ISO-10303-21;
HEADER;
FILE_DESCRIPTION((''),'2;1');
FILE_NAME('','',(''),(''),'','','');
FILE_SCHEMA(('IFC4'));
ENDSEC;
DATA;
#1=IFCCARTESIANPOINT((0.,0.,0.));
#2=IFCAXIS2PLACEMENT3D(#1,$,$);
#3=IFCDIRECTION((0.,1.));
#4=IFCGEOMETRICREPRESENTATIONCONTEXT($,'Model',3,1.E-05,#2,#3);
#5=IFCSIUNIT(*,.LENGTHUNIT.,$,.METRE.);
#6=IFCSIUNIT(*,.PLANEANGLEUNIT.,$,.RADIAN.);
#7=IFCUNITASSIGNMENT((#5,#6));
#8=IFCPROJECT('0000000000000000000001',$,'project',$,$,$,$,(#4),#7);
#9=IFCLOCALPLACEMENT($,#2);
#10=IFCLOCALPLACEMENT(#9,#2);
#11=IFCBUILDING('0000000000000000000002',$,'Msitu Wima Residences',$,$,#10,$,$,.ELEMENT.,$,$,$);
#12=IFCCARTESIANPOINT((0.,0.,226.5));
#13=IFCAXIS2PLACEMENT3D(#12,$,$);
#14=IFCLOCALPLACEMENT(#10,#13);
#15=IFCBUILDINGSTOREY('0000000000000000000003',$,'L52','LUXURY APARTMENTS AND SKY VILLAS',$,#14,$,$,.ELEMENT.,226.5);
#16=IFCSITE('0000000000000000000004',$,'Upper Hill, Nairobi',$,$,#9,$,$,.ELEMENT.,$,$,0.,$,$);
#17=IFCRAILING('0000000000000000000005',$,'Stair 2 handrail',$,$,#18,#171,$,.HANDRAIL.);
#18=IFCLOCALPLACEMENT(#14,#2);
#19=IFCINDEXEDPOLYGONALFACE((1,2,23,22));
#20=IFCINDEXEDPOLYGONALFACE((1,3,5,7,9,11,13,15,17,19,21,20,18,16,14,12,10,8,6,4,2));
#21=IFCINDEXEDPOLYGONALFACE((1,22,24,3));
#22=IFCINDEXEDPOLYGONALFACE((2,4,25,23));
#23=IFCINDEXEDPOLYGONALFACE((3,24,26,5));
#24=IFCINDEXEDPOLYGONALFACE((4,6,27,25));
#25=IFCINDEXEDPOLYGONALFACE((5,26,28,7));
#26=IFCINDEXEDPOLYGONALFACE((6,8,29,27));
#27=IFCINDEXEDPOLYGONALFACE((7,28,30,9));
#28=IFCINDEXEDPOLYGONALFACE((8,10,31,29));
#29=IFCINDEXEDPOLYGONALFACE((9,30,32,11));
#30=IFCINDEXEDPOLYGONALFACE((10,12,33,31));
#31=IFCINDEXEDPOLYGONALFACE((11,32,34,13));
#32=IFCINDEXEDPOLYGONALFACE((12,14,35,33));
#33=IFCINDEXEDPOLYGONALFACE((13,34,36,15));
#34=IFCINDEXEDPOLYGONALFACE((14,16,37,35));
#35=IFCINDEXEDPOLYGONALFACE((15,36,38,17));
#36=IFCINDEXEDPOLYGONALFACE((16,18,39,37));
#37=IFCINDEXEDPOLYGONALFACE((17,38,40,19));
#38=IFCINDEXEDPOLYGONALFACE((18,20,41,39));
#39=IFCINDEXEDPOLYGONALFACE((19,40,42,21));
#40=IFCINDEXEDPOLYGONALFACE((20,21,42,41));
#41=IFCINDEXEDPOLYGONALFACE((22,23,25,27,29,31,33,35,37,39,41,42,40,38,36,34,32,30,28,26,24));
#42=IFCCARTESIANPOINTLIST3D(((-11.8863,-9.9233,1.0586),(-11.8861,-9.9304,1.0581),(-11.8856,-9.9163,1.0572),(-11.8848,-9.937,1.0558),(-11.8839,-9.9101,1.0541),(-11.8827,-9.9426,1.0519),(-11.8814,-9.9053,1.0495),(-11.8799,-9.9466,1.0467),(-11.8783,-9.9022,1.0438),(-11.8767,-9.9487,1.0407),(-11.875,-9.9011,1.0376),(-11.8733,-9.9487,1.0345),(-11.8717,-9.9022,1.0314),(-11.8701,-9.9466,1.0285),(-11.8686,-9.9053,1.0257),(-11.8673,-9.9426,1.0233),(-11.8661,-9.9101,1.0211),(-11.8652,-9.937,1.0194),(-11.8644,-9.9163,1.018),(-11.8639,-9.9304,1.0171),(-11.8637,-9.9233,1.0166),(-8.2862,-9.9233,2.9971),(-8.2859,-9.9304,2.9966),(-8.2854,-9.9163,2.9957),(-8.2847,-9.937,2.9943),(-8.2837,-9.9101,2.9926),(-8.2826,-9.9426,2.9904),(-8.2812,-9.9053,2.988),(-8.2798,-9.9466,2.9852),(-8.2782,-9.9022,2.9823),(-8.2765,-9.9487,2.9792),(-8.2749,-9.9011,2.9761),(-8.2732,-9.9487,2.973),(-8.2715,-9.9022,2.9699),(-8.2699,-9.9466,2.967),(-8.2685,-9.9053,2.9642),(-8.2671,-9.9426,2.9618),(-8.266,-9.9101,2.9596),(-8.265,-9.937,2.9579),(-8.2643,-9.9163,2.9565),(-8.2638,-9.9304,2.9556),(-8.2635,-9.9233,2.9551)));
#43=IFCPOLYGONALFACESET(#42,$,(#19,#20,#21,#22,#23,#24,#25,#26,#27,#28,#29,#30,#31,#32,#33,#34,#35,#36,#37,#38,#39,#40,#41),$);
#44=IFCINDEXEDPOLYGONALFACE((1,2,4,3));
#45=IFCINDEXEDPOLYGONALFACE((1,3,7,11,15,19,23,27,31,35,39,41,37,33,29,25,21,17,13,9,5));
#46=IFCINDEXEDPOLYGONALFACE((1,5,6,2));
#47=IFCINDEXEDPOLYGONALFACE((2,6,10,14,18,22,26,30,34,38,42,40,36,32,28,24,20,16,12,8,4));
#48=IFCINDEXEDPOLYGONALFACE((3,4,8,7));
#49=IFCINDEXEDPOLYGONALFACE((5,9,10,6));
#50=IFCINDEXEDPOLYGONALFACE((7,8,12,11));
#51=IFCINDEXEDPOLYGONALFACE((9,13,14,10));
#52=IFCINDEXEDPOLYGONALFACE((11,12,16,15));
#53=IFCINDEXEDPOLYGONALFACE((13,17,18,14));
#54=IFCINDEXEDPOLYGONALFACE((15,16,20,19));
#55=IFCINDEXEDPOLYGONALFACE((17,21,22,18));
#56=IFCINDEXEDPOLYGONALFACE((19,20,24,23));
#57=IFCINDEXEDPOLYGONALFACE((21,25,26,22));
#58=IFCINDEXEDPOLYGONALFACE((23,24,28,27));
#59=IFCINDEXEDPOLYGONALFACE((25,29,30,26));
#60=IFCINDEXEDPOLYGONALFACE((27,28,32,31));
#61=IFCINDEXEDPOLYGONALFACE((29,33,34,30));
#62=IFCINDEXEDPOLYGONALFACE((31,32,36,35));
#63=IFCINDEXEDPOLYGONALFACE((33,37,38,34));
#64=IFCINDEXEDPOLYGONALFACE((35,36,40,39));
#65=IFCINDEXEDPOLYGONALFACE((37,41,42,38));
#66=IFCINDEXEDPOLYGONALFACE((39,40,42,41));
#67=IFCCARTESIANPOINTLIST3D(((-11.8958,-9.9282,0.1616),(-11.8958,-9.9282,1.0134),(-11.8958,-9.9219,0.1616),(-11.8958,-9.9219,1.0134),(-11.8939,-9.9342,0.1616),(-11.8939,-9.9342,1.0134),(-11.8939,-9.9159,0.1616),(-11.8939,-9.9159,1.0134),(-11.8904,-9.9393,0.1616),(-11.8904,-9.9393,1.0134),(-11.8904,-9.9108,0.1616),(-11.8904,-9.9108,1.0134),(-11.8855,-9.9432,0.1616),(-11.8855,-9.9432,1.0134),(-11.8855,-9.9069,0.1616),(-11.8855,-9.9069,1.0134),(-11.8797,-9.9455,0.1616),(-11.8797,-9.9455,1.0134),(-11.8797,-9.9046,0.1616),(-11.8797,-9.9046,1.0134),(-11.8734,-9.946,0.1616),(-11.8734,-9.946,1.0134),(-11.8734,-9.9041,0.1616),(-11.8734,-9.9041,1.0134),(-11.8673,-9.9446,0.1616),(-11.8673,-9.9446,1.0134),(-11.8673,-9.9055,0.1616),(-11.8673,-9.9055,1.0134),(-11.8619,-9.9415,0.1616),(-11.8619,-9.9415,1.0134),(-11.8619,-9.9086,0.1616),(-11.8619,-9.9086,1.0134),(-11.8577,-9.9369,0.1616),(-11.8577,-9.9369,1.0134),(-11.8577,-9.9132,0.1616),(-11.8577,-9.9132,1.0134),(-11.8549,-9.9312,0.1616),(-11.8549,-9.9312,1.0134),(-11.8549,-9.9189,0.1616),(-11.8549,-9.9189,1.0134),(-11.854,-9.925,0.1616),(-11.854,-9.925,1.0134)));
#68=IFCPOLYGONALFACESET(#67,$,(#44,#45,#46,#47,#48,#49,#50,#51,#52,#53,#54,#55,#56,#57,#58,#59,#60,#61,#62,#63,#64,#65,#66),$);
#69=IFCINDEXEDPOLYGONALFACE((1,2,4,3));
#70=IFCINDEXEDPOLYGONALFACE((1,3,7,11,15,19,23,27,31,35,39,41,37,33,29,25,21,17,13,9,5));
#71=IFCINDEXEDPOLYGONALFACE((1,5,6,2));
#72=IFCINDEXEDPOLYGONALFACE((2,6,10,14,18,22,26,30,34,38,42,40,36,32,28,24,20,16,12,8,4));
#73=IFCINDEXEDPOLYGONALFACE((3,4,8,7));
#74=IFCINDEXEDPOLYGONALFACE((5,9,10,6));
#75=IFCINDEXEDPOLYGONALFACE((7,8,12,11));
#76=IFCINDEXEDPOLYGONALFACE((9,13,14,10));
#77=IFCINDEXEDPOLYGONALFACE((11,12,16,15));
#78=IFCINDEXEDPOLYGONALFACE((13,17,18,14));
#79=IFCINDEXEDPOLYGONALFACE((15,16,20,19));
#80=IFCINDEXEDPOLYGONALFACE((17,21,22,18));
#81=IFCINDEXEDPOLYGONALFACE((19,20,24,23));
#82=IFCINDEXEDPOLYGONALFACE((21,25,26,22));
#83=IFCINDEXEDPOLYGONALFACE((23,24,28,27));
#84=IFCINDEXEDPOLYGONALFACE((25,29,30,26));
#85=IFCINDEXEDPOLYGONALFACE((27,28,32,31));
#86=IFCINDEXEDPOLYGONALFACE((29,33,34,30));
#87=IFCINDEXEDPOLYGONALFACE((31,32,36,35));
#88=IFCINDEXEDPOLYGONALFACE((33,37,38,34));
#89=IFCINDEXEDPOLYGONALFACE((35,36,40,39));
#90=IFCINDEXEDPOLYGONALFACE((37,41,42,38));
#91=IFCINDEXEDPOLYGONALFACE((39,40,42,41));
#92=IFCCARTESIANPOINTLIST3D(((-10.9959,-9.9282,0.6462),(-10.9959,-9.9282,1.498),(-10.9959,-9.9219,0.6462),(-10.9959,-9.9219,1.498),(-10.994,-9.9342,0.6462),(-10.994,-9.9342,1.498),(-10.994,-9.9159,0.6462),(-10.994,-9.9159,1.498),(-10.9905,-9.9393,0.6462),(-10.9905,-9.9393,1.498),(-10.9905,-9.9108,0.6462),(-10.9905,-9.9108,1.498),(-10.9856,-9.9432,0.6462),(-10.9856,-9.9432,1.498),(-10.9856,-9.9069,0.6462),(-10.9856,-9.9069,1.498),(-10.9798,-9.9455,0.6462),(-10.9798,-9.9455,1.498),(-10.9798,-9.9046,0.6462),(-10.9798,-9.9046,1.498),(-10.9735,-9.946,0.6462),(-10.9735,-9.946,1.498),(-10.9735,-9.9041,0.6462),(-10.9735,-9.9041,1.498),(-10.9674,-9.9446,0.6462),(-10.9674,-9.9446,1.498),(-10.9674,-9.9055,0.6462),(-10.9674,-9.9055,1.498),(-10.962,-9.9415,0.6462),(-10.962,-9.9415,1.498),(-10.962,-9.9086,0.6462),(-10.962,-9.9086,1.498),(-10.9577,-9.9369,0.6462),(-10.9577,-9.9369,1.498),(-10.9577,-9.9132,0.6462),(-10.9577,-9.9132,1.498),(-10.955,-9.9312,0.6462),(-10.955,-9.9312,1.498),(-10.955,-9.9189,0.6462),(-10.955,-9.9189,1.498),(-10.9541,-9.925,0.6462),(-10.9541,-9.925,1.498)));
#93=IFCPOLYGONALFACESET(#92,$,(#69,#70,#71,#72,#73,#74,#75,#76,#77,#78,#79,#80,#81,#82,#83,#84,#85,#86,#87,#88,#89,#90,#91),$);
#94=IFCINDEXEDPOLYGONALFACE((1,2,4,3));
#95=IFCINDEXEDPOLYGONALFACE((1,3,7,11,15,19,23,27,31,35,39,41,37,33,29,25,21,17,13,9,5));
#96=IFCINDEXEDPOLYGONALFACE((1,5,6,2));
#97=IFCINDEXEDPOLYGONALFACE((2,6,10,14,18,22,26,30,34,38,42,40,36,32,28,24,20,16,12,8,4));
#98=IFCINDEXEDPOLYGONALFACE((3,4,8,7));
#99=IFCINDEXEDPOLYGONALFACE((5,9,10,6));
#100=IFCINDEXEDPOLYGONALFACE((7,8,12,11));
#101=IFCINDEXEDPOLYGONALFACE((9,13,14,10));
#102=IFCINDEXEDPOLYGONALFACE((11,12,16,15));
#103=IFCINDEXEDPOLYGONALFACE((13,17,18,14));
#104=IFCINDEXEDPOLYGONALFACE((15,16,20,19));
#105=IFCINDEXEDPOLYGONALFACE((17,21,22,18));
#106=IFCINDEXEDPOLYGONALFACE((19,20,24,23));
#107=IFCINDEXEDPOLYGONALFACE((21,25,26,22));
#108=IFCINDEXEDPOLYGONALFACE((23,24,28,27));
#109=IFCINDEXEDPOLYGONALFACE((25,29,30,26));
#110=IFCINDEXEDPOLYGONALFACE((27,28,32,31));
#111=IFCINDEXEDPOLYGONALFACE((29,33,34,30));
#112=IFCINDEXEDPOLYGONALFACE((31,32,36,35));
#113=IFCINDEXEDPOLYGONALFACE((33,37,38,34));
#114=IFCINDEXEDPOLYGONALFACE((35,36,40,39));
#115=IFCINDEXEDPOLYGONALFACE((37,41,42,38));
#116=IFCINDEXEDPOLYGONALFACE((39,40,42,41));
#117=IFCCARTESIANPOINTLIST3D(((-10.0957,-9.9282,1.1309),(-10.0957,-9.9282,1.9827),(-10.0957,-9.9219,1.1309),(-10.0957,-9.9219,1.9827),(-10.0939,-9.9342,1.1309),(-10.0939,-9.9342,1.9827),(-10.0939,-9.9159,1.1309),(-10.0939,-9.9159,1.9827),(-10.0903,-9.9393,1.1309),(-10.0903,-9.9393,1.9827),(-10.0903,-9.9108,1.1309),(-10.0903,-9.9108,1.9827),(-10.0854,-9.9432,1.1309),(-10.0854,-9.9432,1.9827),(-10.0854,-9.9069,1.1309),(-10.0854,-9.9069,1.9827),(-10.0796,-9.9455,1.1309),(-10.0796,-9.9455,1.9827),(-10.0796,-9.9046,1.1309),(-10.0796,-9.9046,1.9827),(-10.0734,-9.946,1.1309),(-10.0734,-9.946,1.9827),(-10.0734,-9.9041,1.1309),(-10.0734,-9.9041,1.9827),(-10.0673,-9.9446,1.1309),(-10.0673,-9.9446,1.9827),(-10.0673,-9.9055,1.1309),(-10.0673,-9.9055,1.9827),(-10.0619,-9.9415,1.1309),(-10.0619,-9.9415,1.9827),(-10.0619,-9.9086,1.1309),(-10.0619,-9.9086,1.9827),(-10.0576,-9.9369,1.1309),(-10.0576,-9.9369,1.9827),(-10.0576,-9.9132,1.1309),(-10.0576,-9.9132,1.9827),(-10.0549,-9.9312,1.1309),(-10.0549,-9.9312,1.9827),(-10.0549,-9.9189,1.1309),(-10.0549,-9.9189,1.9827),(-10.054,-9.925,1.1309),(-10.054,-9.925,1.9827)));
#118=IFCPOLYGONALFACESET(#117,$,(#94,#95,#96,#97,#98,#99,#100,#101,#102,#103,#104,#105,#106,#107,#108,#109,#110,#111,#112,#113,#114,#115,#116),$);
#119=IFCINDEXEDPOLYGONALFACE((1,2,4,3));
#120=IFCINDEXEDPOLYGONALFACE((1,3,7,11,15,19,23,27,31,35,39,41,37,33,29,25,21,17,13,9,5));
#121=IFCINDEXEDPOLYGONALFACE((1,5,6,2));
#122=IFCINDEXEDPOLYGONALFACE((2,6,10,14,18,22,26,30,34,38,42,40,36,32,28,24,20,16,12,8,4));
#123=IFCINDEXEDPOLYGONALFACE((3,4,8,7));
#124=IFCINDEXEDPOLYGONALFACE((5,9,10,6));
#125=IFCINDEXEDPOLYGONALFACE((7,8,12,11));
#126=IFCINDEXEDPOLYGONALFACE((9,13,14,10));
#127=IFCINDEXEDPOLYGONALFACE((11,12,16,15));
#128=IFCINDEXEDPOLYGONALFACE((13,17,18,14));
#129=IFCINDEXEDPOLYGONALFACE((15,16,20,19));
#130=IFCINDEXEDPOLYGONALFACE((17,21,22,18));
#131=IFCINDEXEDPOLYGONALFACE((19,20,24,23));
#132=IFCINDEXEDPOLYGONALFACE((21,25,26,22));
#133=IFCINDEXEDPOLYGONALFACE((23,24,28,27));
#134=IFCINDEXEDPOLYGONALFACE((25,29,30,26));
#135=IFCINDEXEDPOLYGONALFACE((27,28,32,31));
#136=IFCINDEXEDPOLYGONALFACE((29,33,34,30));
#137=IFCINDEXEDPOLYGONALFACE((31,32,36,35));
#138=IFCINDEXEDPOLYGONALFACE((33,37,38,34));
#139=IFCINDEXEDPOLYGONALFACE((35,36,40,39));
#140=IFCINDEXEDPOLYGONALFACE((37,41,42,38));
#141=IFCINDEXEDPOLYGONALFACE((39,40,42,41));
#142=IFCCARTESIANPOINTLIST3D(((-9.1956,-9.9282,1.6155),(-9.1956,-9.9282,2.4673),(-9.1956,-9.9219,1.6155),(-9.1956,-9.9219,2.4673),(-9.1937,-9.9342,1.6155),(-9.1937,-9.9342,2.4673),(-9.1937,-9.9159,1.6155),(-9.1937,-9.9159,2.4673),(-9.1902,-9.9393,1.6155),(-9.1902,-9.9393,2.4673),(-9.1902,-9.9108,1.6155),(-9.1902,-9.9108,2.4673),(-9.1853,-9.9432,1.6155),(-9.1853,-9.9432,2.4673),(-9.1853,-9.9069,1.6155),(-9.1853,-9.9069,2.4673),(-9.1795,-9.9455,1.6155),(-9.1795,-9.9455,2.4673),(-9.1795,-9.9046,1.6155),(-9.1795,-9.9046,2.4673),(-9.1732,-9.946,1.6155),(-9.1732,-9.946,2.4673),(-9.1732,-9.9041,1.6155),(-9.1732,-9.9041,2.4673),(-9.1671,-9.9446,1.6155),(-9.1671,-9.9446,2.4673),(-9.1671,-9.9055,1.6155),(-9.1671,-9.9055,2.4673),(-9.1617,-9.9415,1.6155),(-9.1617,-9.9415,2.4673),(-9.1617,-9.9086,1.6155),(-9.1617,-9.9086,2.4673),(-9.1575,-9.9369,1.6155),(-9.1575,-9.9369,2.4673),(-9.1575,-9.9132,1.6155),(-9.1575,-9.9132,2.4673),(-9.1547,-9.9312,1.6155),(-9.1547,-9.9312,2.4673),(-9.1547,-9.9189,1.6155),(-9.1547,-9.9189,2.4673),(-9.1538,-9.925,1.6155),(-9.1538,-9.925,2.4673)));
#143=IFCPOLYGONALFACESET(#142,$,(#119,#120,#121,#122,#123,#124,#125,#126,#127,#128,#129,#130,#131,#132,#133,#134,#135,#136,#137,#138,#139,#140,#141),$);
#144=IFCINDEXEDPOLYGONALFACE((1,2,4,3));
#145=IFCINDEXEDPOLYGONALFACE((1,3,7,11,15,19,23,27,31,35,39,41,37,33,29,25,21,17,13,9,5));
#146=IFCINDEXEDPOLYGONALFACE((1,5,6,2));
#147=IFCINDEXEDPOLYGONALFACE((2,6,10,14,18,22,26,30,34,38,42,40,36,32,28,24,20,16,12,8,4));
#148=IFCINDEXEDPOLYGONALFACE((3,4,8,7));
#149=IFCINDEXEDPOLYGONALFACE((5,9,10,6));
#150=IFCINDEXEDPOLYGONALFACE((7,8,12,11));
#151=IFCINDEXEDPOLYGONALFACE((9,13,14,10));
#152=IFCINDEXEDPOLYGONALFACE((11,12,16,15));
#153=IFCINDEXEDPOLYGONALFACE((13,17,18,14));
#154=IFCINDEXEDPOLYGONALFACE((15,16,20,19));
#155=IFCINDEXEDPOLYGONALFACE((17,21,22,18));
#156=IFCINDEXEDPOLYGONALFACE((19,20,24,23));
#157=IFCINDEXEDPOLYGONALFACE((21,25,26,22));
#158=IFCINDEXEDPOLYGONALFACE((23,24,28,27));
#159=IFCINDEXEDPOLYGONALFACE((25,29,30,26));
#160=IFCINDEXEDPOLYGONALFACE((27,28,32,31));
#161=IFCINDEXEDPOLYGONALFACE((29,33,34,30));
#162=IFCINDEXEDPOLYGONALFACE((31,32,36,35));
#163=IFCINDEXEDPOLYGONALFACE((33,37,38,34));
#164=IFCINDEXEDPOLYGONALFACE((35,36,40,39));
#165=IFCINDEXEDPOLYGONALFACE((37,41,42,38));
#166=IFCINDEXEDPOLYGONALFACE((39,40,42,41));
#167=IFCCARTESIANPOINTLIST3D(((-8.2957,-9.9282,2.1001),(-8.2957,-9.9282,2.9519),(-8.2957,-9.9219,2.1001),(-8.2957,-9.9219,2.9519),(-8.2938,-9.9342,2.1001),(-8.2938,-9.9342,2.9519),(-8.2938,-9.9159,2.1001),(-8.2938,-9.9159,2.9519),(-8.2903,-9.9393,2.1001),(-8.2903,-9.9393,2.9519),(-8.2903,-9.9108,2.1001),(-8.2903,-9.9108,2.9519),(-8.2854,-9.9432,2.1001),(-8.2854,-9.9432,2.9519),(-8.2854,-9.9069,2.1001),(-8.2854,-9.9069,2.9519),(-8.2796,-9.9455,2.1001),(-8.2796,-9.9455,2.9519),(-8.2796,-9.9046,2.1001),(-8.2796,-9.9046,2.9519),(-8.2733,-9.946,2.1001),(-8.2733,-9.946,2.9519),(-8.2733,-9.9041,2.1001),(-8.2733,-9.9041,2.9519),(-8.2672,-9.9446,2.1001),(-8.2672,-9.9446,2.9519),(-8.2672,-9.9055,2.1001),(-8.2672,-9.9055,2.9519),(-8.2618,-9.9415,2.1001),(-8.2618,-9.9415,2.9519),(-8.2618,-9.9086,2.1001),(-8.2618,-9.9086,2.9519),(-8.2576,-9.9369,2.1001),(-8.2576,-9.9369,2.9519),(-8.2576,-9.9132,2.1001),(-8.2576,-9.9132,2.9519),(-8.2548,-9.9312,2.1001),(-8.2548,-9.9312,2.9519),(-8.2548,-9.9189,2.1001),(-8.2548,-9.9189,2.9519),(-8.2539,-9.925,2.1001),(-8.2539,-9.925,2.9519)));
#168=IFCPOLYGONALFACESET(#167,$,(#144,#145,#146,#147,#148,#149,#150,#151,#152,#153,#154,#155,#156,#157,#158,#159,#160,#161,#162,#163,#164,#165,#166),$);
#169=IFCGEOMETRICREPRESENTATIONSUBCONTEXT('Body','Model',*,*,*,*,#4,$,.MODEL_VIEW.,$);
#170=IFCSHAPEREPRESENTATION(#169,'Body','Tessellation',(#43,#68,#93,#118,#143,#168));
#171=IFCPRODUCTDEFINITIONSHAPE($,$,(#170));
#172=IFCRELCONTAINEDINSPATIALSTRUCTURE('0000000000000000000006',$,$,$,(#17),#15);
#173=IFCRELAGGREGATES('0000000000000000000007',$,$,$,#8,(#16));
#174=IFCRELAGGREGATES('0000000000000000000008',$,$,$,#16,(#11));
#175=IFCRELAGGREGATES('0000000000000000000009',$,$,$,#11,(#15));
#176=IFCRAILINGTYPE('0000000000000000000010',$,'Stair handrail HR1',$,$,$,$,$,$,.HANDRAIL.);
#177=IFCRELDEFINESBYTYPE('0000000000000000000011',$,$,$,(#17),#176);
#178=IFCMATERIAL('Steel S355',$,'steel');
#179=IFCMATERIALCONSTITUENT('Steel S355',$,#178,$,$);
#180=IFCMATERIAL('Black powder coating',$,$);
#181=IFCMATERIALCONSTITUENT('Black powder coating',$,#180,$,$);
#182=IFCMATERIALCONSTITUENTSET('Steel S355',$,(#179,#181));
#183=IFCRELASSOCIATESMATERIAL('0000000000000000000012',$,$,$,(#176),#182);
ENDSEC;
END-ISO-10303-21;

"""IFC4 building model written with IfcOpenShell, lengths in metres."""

from ifc_helpers import new_model, si_unit, direction, frame, origin, origin_2d, place, context, subcontext, project, spatial, circle, extrude, material, constituent, constituent_set, type_object, element, save


model = new_model("IFC4")

# Units and contexts
model_context = context("Model", 3, precision=1e-05, world=origin(), true_north=direction((0.0, 1.0)))
body_context = subcontext(model_context, "Body", "Model", "MODEL_VIEW")
ifc_project = project(units=[si_unit("LENGTHUNIT", "METRE"), si_unit("PLANEANGLEUNIT", "RADIAN")], contexts=[model_context])

# Site, building, storey
site_placement = place(None, origin())
site = spatial("IfcSite", under=ifc_project, at=site_placement, Name="Upper Hill, Nairobi", CompositionType="ELEMENT", RefElevation=0.0)
building_placement = place(site_placement, origin())
building = spatial("IfcBuilding", under=site, at=building_placement, Name="Msitu Wima Residences", CompositionType="ELEMENT")
storey_placement = place(building_placement, frame((0.0, 0.0, 226.5)))
storey = spatial("IfcBuildingStorey", under=building, at=storey_placement, Name="L52", Description="LUXURY APARTMENTS AND SKY VILLAS", CompositionType="ELEMENT", Elevation=226.5)

# Railing
ifc_material_1 = material(Name="Steel S355", Category="steel")
ifc_constituent_1 = constituent(ifc_material_1, Name="Steel S355")
ifc_material_2 = material(Name="Black powder coating")
ifc_constituent_2 = constituent(ifc_material_2, Name="Black powder coating")
ifc_constituent_set = constituent_set(constituents=[ifc_constituent_1, ifc_constituent_2], Name="Steel S355")
railing_type = type_object("IfcRailingType", Name="Stair handrail HR1", PredefinedType="HANDRAIL", material=ifc_constituent_set)
for number, where, name in (
    (1, (-11.875, -9.925, 0.1616), "Stair 2 handrail"),
):
    element("IfcRailing", number, at=place(storey_placement, frame(where)), inside=storey, type_object=railing_type, Name=name, PredefinedType="HANDRAIL", context=body_context, shape_type="SweptSolid", body=[
        extrude(circle(Radius=0.0239, at=origin_2d()), frame((0.0, 0.0, 0.876), z_axis=(0.880475, 0.0, 0.474093), x_axis=(0.0, 1.0, 0.0)), (0.0, 0.0, 1.0), 4.0889),
        extrude(circle(Radius=0.021, at=origin_2d()), origin(), (0.0, 0.0, 1.0), 0.8518),
        extrude(circle(Radius=0.021, at=origin_2d()), frame((0.8999, 0.0, 0.4846)), (0.0, 0.0, 1.0), 0.8518),
        extrude(circle(Radius=0.021, at=origin_2d()), frame((1.8, 0.0, 0.9692)), (0.0, 0.0, 1.0), 0.8518),
        extrude(circle(Radius=0.021, at=origin_2d()), frame((2.7002, 0.0, 1.4539)), (0.0, 0.0, 1.0), 0.8518),
        extrude(circle(Radius=0.021, at=origin_2d()), frame((3.6001, 0.0, 1.9385)), (0.0, 0.0, 1.0), 0.8518),
    ])

save(model, "model.ifc")
